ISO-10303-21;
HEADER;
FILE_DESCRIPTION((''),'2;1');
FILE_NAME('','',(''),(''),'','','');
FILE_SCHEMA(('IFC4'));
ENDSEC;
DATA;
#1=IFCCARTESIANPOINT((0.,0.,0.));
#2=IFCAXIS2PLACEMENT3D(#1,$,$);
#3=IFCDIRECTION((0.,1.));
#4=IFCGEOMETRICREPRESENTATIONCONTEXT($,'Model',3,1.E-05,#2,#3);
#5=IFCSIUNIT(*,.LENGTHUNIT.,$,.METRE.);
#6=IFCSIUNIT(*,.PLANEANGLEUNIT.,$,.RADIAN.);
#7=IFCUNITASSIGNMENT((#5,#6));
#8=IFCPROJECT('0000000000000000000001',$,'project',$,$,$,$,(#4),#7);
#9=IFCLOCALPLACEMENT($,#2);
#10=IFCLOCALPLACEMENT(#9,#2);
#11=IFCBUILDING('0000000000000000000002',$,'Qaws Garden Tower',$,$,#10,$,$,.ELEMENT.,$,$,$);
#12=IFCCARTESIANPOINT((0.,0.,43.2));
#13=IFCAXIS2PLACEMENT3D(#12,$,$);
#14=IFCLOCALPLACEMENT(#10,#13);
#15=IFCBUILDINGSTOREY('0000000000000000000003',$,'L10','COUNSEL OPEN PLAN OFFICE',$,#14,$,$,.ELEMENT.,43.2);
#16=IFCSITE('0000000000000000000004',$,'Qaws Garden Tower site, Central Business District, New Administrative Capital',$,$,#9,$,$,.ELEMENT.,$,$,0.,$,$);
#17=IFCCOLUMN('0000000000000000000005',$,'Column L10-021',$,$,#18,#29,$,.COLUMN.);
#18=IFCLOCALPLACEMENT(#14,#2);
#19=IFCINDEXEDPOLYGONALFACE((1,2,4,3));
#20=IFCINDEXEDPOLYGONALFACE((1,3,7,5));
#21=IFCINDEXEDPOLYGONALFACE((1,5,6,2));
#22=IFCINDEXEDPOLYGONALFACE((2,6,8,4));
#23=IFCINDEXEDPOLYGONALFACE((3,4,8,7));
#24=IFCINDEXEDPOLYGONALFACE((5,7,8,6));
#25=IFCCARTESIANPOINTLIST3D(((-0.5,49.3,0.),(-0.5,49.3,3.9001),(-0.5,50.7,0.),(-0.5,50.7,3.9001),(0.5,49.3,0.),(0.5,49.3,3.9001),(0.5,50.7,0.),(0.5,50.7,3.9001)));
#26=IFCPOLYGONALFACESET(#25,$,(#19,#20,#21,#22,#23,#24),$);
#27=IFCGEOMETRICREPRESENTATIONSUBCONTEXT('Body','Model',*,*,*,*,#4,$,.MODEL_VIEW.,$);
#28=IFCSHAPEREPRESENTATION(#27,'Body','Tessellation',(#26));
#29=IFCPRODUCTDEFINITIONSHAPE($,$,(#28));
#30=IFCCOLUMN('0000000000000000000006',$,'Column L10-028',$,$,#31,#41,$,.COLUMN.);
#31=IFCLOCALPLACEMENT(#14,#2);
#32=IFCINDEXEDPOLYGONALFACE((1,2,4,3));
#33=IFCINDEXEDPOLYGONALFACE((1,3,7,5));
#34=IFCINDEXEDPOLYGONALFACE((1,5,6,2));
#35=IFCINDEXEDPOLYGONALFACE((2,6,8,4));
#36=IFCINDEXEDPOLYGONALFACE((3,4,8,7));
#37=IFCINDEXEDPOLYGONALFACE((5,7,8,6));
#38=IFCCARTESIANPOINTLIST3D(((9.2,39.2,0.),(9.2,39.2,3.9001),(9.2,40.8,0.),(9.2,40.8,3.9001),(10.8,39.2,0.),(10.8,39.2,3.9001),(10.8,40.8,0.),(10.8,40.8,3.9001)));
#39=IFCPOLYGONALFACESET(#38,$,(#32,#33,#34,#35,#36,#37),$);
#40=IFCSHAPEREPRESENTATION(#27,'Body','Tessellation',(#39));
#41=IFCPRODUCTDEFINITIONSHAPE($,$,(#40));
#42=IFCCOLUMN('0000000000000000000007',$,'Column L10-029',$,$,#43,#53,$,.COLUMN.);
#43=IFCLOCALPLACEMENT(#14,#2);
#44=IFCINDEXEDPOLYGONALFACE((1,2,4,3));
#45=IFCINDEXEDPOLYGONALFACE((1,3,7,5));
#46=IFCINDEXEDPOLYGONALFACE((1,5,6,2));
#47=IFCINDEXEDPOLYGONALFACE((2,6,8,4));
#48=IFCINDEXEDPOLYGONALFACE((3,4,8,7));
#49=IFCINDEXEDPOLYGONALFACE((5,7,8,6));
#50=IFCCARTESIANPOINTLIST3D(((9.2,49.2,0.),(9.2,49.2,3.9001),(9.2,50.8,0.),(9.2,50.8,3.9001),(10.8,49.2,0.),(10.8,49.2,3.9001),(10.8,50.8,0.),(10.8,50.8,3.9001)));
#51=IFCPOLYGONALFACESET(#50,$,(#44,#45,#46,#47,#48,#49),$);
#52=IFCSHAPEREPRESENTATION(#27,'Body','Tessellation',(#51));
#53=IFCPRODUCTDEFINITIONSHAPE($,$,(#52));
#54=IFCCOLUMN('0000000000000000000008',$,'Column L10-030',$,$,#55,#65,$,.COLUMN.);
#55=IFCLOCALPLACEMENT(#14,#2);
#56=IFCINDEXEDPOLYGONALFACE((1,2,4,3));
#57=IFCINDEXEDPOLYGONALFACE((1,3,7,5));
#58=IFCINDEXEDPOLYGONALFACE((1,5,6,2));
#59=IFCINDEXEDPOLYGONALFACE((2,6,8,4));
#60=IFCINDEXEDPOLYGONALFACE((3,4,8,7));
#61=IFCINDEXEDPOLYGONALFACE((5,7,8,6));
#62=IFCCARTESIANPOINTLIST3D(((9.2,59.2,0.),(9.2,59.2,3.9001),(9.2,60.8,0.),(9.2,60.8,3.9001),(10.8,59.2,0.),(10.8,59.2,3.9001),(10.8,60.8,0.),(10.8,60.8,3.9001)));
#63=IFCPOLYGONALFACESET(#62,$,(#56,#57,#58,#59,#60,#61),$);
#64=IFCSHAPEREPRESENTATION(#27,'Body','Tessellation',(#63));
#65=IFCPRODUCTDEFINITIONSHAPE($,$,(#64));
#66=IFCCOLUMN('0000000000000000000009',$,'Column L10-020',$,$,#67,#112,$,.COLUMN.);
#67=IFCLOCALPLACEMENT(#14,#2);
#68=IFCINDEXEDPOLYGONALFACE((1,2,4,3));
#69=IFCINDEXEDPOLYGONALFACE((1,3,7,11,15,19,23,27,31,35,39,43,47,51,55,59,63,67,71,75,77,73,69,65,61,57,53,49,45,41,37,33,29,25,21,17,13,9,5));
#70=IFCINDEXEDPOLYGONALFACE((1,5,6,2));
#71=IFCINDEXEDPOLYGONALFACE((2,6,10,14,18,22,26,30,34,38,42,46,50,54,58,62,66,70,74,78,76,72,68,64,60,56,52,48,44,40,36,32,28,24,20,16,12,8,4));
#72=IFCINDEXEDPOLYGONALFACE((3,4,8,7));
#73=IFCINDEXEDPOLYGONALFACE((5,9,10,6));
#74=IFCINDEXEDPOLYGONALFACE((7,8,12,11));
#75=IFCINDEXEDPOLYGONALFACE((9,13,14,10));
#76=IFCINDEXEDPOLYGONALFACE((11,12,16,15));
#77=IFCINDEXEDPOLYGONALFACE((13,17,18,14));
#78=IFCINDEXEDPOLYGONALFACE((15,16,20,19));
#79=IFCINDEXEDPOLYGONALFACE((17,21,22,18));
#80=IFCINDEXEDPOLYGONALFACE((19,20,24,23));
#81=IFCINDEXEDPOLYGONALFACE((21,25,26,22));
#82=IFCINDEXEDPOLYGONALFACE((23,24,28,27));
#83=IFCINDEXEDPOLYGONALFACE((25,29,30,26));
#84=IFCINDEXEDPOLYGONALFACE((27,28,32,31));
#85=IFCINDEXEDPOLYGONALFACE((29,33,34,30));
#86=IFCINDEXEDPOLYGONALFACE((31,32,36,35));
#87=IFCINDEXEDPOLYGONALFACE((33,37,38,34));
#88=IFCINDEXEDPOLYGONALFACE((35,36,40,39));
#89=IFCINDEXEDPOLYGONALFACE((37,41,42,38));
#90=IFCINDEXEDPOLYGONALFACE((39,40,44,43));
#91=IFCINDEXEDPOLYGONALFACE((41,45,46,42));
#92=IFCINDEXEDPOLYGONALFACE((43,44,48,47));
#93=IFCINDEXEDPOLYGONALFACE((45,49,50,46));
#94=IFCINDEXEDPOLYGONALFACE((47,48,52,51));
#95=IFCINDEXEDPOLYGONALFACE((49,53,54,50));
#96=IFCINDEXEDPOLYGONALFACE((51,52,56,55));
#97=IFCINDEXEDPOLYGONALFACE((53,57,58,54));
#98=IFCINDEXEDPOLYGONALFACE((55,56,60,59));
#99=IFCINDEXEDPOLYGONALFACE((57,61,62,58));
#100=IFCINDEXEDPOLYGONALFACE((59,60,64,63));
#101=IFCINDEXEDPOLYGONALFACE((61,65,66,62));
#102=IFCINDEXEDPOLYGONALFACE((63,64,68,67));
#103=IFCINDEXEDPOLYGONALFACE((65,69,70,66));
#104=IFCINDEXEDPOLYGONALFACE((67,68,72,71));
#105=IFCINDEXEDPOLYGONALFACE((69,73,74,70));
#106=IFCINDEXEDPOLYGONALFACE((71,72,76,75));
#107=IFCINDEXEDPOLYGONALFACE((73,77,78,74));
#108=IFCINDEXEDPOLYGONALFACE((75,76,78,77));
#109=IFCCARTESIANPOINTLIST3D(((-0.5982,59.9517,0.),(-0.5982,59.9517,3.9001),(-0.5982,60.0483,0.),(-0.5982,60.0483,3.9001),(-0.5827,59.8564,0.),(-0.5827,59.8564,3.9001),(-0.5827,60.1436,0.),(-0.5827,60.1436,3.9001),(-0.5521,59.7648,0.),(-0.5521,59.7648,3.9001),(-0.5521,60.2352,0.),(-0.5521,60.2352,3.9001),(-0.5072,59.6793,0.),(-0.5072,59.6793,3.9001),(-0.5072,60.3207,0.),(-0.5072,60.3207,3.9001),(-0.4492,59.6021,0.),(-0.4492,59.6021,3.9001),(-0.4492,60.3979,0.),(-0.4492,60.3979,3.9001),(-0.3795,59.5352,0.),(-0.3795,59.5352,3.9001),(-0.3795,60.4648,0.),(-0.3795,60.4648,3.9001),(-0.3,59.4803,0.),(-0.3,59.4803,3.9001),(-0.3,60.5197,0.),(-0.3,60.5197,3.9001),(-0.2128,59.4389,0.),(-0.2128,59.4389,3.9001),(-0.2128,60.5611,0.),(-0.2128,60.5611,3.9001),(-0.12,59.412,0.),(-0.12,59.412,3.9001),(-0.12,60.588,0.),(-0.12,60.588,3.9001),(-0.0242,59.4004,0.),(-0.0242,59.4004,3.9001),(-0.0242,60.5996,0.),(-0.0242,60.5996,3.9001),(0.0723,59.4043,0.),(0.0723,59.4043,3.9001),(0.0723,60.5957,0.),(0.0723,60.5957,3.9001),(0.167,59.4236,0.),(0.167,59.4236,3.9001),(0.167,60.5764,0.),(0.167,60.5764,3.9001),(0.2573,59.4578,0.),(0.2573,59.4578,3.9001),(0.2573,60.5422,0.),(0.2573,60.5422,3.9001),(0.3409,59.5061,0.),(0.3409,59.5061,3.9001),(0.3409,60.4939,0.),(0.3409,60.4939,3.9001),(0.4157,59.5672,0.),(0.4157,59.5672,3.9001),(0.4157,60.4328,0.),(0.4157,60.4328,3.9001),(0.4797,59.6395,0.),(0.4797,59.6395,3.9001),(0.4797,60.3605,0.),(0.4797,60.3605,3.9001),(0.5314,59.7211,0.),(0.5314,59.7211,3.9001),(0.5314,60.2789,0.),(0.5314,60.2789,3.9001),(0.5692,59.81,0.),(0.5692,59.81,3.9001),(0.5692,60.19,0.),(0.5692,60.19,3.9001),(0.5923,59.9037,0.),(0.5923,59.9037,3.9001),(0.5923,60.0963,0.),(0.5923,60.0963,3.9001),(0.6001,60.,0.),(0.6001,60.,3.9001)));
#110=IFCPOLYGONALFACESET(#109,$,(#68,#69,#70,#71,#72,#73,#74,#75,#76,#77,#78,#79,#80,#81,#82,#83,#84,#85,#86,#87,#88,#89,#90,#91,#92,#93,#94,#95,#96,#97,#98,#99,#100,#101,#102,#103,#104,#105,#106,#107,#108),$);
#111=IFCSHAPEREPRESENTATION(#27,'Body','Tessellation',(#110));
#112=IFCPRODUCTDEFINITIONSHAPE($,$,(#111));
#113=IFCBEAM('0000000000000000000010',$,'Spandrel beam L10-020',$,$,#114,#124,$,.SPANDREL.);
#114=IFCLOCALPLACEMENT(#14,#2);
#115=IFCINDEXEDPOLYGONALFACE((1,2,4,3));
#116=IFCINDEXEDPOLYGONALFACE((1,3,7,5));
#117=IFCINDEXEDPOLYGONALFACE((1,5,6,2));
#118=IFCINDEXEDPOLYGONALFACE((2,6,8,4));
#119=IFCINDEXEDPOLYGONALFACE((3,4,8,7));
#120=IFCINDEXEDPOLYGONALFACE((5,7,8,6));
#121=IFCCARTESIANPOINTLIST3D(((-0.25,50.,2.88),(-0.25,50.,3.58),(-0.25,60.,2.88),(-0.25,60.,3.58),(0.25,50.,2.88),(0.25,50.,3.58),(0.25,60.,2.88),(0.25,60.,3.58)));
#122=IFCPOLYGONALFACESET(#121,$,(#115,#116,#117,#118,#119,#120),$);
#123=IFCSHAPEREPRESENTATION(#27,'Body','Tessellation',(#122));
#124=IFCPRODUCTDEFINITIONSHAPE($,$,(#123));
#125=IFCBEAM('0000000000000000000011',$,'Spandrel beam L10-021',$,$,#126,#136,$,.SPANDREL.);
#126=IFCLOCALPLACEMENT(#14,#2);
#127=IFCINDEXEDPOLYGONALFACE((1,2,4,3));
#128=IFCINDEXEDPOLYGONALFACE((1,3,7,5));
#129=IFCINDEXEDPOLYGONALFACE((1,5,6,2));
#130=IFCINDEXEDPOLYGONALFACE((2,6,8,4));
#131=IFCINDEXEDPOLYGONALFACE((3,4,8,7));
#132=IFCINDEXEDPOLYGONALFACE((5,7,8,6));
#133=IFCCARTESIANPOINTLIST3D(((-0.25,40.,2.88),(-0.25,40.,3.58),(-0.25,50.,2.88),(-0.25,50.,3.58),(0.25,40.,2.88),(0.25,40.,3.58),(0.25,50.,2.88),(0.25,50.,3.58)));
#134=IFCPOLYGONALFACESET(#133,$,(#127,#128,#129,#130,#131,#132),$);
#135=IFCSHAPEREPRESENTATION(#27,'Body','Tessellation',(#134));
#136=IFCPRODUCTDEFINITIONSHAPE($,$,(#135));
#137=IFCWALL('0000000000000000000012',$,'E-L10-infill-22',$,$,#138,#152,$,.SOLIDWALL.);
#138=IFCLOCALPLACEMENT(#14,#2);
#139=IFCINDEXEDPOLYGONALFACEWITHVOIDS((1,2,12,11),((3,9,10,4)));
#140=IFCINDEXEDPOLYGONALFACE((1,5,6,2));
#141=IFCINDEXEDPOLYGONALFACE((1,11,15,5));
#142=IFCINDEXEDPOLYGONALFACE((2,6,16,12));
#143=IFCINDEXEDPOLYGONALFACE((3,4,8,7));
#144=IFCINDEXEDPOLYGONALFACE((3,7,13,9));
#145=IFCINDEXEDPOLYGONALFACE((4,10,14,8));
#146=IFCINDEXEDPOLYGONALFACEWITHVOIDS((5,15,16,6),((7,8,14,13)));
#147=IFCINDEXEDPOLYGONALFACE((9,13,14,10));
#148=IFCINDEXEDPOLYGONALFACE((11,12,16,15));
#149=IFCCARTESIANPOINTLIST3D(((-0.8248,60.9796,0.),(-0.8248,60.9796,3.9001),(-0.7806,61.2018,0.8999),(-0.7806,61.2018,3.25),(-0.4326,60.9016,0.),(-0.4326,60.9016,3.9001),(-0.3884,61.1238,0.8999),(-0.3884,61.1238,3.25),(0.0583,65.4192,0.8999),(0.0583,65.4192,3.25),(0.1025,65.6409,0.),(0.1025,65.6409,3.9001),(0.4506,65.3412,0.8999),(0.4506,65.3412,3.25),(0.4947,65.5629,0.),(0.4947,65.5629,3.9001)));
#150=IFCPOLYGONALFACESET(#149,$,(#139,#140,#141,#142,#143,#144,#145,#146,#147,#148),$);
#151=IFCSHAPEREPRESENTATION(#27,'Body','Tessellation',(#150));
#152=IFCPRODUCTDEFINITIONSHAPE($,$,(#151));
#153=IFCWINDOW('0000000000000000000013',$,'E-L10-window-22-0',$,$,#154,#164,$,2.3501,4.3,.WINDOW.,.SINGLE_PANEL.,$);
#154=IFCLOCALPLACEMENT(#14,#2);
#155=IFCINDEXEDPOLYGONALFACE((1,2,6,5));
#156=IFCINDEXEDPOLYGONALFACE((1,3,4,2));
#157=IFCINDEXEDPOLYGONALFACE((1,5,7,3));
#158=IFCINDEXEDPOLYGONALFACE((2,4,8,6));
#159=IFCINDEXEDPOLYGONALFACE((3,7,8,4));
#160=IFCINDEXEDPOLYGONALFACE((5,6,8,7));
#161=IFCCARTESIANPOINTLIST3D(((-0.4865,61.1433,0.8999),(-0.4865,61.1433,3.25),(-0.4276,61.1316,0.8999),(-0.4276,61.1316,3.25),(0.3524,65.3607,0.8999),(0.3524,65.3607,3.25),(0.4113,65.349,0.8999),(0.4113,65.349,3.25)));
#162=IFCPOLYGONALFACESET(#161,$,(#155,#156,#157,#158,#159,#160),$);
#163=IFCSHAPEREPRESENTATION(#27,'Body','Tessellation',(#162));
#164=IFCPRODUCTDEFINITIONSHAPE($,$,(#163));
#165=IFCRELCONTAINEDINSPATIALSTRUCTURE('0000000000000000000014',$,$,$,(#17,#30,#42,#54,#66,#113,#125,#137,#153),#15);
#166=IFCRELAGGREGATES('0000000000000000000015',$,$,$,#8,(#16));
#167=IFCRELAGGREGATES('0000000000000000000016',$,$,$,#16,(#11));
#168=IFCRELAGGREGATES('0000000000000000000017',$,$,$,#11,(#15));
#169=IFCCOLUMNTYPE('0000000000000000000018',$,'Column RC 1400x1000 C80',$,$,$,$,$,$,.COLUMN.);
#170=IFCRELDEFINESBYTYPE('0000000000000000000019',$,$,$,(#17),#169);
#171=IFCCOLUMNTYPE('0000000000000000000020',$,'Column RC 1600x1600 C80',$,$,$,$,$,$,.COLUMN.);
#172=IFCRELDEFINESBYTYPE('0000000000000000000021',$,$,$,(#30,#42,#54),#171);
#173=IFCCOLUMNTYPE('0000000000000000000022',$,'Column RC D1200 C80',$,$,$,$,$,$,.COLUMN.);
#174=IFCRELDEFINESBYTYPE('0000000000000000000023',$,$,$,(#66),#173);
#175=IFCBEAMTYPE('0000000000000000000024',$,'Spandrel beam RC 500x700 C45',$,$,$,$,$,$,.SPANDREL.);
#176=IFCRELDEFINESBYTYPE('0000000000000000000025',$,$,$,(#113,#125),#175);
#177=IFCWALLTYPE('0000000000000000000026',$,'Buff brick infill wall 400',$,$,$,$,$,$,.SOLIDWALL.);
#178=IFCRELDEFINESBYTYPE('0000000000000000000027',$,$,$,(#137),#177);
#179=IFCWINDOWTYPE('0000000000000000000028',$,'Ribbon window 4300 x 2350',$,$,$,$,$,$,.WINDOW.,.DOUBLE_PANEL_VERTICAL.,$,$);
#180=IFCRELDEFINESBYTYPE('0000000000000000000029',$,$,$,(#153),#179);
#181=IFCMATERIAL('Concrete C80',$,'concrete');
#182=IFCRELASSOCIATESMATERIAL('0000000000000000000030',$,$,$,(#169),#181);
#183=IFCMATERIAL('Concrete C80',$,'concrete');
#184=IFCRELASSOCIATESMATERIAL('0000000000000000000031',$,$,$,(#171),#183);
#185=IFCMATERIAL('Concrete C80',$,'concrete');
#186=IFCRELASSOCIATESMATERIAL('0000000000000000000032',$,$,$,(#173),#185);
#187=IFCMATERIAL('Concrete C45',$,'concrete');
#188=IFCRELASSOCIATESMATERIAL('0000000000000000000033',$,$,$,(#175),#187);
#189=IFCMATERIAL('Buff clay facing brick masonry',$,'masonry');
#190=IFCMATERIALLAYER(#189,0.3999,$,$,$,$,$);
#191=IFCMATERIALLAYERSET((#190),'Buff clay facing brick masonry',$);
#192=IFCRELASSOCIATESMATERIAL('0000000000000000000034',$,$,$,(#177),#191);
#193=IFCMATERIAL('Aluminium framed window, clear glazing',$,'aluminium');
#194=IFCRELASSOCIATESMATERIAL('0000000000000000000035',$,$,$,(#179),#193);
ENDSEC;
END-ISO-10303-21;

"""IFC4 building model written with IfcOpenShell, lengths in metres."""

from ifc_helpers import new_model, si_unit, direction, frame, frame_2d, origin, origin_2d, place, context, subcontext, project, spatial, rectangle, circle, extrude, material, layer, layer_set, material_profile, profile_set, type_object, element, fill, save


model = new_model("IFC4")

# Units and contexts
model_context = context("Model", 3, precision=1e-05, world=origin(), true_north=direction((0.0, 1.0)))
body_context = subcontext(model_context, "Body", "Model", "MODEL_VIEW")
ifc_project = project(units=[si_unit("LENGTHUNIT", "METRE"), si_unit("PLANEANGLEUNIT", "RADIAN")], contexts=[model_context])

# Site, building, storey
site_placement = place(None, origin())
site = spatial("IfcSite", under=ifc_project, at=site_placement, Name="Qaws Garden Tower site, Central Business District, New Administrative Capital", CompositionType="ELEMENT", RefElevation=0.0)
building_placement = place(site_placement, origin())
building = spatial("IfcBuilding", under=site, at=building_placement, Name="Qaws Garden Tower", CompositionType="ELEMENT")
storey_placement = place(building_placement, frame((0.0, 0.0, 43.2)))
storey = spatial("IfcBuildingStorey", under=building, at=storey_placement, Name="L10", Description="COUNSEL OPEN PLAN OFFICE", CompositionType="ELEMENT", Elevation=43.2)

# Columns
ifc_material_1 = material(Name="Concrete C80", Category="concrete")
ifc_material_profile_1 = material_profile(ifc_material_1, rectangle(XDim=1.3999, YDim=1.0, at=origin_2d()), Name="RC 1400x1000")
ifc_profile_set_1 = profile_set([ifc_material_profile_1], Name="Concrete C80")
column_type_1 = type_object("IfcColumnType", Name="Column RC 1400x1000 C80", PredefinedType="COLUMN", material=ifc_profile_set_1)
column_1_placement = place(storey_placement, frame((0.0, 50.0, 0.0), z_axis=(0.0, 0.0, 1.0), x_axis=(0.0, 1.0, 0.0)))
element("IfcColumn", 1, at=column_1_placement, inside=storey, type_object=column_type_1, Name="Column L10-021", PredefinedType="COLUMN", context=body_context, shape_type="SweptSolid", body=[
    extrude(rectangle(XDim=1.3999, YDim=1.0, at=origin_2d()), origin(), (0.0, 0.0, 1.0), 3.9001),
])
ifc_material_2 = material(Name="Concrete C80", Category="concrete")
ifc_material_profile_2 = material_profile(ifc_material_2, rectangle(XDim=1.6001, YDim=1.6001, at=origin_2d()), Name="RC 1600x1600")
ifc_profile_set_2 = profile_set([ifc_material_profile_2], Name="Concrete C80")
column_type_2 = type_object("IfcColumnType", Name="Column RC 1600x1600 C80", PredefinedType="COLUMN", material=ifc_profile_set_2)
for number, where, z_axis, x_axis, name in (
    (2, (10.0, 40.0, 0.0), (0.0, 0.0, 1.0), (1.0, 0.0, 0.0), "Column L10-028"),
    (3, (10.0, 50.0, 0.0), (0.0, 0.0, 1.0), (1.0, 0.0, 0.0), "Column L10-029"),
    (4, (10.0, 60.0, 0.0), (0.0, 0.0, 1.0), (1.0, 0.0, 0.0), "Column L10-030"),
):
    element("IfcColumn", number, at=place(storey_placement, frame(where, z_axis=z_axis, x_axis=x_axis)), inside=storey, type_object=column_type_2, Name=name, PredefinedType="COLUMN", context=body_context, shape_type="SweptSolid", body=[
        extrude(rectangle(XDim=1.6001, YDim=1.6001, at=origin_2d()), origin(), (0.0, 0.0, 1.0), 3.9001),
    ])
ifc_material_3 = material(Name="Concrete C80", Category="concrete")
ifc_material_profile_3 = material_profile(ifc_material_3, circle(Radius=0.6001, at=origin_2d()), Name="RC D1200")
ifc_profile_set_3 = profile_set([ifc_material_profile_3], Name="Concrete C80")
column_type_3 = type_object("IfcColumnType", Name="Column RC D1200 C80", PredefinedType="COLUMN", material=ifc_profile_set_3)
column_2_placement = place(storey_placement, frame((0.0, 60.0, 0.0), z_axis=(0.0, 0.0, 1.0), x_axis=(1.0, 0.0, 0.0)))
element("IfcColumn", 5, at=column_2_placement, inside=storey, type_object=column_type_3, Name="Column L10-020", PredefinedType="COLUMN", context=body_context, shape_type="SweptSolid", body=[
    extrude(circle(Radius=0.6001, at=origin_2d()), origin(), (0.0, 0.0, 1.0), 3.9001),
])

# Beams
ifc_material_4 = material(Name="Concrete C45", Category="concrete")
ifc_material_profile_4 = material_profile(ifc_material_4, rectangle(XDim=0.5, YDim=0.7, at=origin_2d()), Name="RC 500x700")
ifc_profile_set_4 = profile_set([ifc_material_profile_4], Name="Concrete C45")
beam_type = type_object("IfcBeamType", Name="Spandrel beam RC 500x700 C45", PredefinedType="SPANDREL", material=ifc_profile_set_4)
for number, where, z_axis, x_axis, name in (
    (6, (0.0, 60.0, 3.23), (0.0, -1.0, 0.0), (1.0, 0.0, 0.0), "Spandrel beam L10-020"),
    (7, (0.0, 50.0, 3.23), (0.0, -1.0, 0.0), (1.0, 0.0, 0.0), "Spandrel beam L10-021"),
):
    element("IfcBeam", number, at=place(storey_placement, frame(where, z_axis=z_axis, x_axis=x_axis)), inside=storey, type_object=beam_type, Name=name, PredefinedType="SPANDREL", context=body_context, shape_type="SweptSolid", body=[
        extrude(rectangle(XDim=0.5, YDim=0.7, at=origin_2d()), origin(), (0.0, 0.0, 1.0), 10.0),
    ])

# Wall, opening, window
ifc_material_5 = material(Name="Buff clay facing brick masonry", Category="masonry")
ifc_layer_1 = layer(ifc_material_5, 0.3999)
ifc_layer_set_1 = layer_set([ifc_layer_1], Name="Buff clay facing brick masonry")
wall_type_1 = type_object("IfcWallType", Name="Buff brick infill wall 400", PredefinedType="SOLIDWALL", material=ifc_layer_set_1)
wall_1_placement = place(storey_placement, frame((0.2986, 65.6021, 0.0), z_axis=(0.0, 0.0, 1.0), x_axis=(-0.195099, -0.980784, 0.0)))
wall_1 = element("IfcWall", 8, at=wall_1_placement, inside=storey, type_object=wall_type_1, Name="E-L10-infill-22", PredefinedType="SOLIDWALL", context=body_context, shape_type="SweptSolid", body=[
    extrude(rectangle(XDim=4.7527, YDim=0.3999, at=frame_2d((2.3765, 0.0))), origin(), (0.0, 0.0, 1.0), 3.9001),
])
opening_1_placement = place(wall_1_placement, frame((0.2263, 0.0, 0.8999)))
opening_1 = element("IfcOpeningElement", 9, at=opening_1_placement, cuts=wall_1, PredefinedType="OPENING", context=body_context, shape_type="SweptSolid", body=[
    extrude(rectangle(XDim=4.3, YDim=2.3501, at=frame_2d((2.1499, 1.175))), frame((0.0, 0.21, 0.0), z_axis=(0.0, -1.0, 0.0), x_axis=(1.0, 0.0, 0.0)), (0.0, 0.0, 1.0), 0.4199),
])
ifc_material_6 = material(Name="Aluminium framed window, clear glazing", Category="aluminium")
window_type_1 = type_object("IfcWindowType", Name="Ribbon window 4300 x 2350", PartitioningType="DOUBLE_PANEL_VERTICAL", PredefinedType="WINDOW", material=ifc_material_6)
window_1_placement = place(opening_1_placement, origin())
window_1 = element("IfcWindow", 10, at=window_1_placement, inside=storey, type_object=window_type_1, Name="E-L10-window-22-0", OverallHeight=2.3501, OverallWidth=4.3, PartitioningType="SINGLE_PANEL", PredefinedType="WINDOW", context=body_context, shape_type="SweptSolid", body=[
    extrude(rectangle(XDim=4.3, YDim=2.3501, at=frame_2d((2.1499, 1.175))), frame((0.0, 0.1599, 0.0), z_axis=(0.0, -1.0, 0.0), x_axis=(1.0, 0.0, 0.0)), (0.0, 0.0, 1.0), 0.0601),
])
fill(opening_1, window_1)

save(model, "model.ifc")
